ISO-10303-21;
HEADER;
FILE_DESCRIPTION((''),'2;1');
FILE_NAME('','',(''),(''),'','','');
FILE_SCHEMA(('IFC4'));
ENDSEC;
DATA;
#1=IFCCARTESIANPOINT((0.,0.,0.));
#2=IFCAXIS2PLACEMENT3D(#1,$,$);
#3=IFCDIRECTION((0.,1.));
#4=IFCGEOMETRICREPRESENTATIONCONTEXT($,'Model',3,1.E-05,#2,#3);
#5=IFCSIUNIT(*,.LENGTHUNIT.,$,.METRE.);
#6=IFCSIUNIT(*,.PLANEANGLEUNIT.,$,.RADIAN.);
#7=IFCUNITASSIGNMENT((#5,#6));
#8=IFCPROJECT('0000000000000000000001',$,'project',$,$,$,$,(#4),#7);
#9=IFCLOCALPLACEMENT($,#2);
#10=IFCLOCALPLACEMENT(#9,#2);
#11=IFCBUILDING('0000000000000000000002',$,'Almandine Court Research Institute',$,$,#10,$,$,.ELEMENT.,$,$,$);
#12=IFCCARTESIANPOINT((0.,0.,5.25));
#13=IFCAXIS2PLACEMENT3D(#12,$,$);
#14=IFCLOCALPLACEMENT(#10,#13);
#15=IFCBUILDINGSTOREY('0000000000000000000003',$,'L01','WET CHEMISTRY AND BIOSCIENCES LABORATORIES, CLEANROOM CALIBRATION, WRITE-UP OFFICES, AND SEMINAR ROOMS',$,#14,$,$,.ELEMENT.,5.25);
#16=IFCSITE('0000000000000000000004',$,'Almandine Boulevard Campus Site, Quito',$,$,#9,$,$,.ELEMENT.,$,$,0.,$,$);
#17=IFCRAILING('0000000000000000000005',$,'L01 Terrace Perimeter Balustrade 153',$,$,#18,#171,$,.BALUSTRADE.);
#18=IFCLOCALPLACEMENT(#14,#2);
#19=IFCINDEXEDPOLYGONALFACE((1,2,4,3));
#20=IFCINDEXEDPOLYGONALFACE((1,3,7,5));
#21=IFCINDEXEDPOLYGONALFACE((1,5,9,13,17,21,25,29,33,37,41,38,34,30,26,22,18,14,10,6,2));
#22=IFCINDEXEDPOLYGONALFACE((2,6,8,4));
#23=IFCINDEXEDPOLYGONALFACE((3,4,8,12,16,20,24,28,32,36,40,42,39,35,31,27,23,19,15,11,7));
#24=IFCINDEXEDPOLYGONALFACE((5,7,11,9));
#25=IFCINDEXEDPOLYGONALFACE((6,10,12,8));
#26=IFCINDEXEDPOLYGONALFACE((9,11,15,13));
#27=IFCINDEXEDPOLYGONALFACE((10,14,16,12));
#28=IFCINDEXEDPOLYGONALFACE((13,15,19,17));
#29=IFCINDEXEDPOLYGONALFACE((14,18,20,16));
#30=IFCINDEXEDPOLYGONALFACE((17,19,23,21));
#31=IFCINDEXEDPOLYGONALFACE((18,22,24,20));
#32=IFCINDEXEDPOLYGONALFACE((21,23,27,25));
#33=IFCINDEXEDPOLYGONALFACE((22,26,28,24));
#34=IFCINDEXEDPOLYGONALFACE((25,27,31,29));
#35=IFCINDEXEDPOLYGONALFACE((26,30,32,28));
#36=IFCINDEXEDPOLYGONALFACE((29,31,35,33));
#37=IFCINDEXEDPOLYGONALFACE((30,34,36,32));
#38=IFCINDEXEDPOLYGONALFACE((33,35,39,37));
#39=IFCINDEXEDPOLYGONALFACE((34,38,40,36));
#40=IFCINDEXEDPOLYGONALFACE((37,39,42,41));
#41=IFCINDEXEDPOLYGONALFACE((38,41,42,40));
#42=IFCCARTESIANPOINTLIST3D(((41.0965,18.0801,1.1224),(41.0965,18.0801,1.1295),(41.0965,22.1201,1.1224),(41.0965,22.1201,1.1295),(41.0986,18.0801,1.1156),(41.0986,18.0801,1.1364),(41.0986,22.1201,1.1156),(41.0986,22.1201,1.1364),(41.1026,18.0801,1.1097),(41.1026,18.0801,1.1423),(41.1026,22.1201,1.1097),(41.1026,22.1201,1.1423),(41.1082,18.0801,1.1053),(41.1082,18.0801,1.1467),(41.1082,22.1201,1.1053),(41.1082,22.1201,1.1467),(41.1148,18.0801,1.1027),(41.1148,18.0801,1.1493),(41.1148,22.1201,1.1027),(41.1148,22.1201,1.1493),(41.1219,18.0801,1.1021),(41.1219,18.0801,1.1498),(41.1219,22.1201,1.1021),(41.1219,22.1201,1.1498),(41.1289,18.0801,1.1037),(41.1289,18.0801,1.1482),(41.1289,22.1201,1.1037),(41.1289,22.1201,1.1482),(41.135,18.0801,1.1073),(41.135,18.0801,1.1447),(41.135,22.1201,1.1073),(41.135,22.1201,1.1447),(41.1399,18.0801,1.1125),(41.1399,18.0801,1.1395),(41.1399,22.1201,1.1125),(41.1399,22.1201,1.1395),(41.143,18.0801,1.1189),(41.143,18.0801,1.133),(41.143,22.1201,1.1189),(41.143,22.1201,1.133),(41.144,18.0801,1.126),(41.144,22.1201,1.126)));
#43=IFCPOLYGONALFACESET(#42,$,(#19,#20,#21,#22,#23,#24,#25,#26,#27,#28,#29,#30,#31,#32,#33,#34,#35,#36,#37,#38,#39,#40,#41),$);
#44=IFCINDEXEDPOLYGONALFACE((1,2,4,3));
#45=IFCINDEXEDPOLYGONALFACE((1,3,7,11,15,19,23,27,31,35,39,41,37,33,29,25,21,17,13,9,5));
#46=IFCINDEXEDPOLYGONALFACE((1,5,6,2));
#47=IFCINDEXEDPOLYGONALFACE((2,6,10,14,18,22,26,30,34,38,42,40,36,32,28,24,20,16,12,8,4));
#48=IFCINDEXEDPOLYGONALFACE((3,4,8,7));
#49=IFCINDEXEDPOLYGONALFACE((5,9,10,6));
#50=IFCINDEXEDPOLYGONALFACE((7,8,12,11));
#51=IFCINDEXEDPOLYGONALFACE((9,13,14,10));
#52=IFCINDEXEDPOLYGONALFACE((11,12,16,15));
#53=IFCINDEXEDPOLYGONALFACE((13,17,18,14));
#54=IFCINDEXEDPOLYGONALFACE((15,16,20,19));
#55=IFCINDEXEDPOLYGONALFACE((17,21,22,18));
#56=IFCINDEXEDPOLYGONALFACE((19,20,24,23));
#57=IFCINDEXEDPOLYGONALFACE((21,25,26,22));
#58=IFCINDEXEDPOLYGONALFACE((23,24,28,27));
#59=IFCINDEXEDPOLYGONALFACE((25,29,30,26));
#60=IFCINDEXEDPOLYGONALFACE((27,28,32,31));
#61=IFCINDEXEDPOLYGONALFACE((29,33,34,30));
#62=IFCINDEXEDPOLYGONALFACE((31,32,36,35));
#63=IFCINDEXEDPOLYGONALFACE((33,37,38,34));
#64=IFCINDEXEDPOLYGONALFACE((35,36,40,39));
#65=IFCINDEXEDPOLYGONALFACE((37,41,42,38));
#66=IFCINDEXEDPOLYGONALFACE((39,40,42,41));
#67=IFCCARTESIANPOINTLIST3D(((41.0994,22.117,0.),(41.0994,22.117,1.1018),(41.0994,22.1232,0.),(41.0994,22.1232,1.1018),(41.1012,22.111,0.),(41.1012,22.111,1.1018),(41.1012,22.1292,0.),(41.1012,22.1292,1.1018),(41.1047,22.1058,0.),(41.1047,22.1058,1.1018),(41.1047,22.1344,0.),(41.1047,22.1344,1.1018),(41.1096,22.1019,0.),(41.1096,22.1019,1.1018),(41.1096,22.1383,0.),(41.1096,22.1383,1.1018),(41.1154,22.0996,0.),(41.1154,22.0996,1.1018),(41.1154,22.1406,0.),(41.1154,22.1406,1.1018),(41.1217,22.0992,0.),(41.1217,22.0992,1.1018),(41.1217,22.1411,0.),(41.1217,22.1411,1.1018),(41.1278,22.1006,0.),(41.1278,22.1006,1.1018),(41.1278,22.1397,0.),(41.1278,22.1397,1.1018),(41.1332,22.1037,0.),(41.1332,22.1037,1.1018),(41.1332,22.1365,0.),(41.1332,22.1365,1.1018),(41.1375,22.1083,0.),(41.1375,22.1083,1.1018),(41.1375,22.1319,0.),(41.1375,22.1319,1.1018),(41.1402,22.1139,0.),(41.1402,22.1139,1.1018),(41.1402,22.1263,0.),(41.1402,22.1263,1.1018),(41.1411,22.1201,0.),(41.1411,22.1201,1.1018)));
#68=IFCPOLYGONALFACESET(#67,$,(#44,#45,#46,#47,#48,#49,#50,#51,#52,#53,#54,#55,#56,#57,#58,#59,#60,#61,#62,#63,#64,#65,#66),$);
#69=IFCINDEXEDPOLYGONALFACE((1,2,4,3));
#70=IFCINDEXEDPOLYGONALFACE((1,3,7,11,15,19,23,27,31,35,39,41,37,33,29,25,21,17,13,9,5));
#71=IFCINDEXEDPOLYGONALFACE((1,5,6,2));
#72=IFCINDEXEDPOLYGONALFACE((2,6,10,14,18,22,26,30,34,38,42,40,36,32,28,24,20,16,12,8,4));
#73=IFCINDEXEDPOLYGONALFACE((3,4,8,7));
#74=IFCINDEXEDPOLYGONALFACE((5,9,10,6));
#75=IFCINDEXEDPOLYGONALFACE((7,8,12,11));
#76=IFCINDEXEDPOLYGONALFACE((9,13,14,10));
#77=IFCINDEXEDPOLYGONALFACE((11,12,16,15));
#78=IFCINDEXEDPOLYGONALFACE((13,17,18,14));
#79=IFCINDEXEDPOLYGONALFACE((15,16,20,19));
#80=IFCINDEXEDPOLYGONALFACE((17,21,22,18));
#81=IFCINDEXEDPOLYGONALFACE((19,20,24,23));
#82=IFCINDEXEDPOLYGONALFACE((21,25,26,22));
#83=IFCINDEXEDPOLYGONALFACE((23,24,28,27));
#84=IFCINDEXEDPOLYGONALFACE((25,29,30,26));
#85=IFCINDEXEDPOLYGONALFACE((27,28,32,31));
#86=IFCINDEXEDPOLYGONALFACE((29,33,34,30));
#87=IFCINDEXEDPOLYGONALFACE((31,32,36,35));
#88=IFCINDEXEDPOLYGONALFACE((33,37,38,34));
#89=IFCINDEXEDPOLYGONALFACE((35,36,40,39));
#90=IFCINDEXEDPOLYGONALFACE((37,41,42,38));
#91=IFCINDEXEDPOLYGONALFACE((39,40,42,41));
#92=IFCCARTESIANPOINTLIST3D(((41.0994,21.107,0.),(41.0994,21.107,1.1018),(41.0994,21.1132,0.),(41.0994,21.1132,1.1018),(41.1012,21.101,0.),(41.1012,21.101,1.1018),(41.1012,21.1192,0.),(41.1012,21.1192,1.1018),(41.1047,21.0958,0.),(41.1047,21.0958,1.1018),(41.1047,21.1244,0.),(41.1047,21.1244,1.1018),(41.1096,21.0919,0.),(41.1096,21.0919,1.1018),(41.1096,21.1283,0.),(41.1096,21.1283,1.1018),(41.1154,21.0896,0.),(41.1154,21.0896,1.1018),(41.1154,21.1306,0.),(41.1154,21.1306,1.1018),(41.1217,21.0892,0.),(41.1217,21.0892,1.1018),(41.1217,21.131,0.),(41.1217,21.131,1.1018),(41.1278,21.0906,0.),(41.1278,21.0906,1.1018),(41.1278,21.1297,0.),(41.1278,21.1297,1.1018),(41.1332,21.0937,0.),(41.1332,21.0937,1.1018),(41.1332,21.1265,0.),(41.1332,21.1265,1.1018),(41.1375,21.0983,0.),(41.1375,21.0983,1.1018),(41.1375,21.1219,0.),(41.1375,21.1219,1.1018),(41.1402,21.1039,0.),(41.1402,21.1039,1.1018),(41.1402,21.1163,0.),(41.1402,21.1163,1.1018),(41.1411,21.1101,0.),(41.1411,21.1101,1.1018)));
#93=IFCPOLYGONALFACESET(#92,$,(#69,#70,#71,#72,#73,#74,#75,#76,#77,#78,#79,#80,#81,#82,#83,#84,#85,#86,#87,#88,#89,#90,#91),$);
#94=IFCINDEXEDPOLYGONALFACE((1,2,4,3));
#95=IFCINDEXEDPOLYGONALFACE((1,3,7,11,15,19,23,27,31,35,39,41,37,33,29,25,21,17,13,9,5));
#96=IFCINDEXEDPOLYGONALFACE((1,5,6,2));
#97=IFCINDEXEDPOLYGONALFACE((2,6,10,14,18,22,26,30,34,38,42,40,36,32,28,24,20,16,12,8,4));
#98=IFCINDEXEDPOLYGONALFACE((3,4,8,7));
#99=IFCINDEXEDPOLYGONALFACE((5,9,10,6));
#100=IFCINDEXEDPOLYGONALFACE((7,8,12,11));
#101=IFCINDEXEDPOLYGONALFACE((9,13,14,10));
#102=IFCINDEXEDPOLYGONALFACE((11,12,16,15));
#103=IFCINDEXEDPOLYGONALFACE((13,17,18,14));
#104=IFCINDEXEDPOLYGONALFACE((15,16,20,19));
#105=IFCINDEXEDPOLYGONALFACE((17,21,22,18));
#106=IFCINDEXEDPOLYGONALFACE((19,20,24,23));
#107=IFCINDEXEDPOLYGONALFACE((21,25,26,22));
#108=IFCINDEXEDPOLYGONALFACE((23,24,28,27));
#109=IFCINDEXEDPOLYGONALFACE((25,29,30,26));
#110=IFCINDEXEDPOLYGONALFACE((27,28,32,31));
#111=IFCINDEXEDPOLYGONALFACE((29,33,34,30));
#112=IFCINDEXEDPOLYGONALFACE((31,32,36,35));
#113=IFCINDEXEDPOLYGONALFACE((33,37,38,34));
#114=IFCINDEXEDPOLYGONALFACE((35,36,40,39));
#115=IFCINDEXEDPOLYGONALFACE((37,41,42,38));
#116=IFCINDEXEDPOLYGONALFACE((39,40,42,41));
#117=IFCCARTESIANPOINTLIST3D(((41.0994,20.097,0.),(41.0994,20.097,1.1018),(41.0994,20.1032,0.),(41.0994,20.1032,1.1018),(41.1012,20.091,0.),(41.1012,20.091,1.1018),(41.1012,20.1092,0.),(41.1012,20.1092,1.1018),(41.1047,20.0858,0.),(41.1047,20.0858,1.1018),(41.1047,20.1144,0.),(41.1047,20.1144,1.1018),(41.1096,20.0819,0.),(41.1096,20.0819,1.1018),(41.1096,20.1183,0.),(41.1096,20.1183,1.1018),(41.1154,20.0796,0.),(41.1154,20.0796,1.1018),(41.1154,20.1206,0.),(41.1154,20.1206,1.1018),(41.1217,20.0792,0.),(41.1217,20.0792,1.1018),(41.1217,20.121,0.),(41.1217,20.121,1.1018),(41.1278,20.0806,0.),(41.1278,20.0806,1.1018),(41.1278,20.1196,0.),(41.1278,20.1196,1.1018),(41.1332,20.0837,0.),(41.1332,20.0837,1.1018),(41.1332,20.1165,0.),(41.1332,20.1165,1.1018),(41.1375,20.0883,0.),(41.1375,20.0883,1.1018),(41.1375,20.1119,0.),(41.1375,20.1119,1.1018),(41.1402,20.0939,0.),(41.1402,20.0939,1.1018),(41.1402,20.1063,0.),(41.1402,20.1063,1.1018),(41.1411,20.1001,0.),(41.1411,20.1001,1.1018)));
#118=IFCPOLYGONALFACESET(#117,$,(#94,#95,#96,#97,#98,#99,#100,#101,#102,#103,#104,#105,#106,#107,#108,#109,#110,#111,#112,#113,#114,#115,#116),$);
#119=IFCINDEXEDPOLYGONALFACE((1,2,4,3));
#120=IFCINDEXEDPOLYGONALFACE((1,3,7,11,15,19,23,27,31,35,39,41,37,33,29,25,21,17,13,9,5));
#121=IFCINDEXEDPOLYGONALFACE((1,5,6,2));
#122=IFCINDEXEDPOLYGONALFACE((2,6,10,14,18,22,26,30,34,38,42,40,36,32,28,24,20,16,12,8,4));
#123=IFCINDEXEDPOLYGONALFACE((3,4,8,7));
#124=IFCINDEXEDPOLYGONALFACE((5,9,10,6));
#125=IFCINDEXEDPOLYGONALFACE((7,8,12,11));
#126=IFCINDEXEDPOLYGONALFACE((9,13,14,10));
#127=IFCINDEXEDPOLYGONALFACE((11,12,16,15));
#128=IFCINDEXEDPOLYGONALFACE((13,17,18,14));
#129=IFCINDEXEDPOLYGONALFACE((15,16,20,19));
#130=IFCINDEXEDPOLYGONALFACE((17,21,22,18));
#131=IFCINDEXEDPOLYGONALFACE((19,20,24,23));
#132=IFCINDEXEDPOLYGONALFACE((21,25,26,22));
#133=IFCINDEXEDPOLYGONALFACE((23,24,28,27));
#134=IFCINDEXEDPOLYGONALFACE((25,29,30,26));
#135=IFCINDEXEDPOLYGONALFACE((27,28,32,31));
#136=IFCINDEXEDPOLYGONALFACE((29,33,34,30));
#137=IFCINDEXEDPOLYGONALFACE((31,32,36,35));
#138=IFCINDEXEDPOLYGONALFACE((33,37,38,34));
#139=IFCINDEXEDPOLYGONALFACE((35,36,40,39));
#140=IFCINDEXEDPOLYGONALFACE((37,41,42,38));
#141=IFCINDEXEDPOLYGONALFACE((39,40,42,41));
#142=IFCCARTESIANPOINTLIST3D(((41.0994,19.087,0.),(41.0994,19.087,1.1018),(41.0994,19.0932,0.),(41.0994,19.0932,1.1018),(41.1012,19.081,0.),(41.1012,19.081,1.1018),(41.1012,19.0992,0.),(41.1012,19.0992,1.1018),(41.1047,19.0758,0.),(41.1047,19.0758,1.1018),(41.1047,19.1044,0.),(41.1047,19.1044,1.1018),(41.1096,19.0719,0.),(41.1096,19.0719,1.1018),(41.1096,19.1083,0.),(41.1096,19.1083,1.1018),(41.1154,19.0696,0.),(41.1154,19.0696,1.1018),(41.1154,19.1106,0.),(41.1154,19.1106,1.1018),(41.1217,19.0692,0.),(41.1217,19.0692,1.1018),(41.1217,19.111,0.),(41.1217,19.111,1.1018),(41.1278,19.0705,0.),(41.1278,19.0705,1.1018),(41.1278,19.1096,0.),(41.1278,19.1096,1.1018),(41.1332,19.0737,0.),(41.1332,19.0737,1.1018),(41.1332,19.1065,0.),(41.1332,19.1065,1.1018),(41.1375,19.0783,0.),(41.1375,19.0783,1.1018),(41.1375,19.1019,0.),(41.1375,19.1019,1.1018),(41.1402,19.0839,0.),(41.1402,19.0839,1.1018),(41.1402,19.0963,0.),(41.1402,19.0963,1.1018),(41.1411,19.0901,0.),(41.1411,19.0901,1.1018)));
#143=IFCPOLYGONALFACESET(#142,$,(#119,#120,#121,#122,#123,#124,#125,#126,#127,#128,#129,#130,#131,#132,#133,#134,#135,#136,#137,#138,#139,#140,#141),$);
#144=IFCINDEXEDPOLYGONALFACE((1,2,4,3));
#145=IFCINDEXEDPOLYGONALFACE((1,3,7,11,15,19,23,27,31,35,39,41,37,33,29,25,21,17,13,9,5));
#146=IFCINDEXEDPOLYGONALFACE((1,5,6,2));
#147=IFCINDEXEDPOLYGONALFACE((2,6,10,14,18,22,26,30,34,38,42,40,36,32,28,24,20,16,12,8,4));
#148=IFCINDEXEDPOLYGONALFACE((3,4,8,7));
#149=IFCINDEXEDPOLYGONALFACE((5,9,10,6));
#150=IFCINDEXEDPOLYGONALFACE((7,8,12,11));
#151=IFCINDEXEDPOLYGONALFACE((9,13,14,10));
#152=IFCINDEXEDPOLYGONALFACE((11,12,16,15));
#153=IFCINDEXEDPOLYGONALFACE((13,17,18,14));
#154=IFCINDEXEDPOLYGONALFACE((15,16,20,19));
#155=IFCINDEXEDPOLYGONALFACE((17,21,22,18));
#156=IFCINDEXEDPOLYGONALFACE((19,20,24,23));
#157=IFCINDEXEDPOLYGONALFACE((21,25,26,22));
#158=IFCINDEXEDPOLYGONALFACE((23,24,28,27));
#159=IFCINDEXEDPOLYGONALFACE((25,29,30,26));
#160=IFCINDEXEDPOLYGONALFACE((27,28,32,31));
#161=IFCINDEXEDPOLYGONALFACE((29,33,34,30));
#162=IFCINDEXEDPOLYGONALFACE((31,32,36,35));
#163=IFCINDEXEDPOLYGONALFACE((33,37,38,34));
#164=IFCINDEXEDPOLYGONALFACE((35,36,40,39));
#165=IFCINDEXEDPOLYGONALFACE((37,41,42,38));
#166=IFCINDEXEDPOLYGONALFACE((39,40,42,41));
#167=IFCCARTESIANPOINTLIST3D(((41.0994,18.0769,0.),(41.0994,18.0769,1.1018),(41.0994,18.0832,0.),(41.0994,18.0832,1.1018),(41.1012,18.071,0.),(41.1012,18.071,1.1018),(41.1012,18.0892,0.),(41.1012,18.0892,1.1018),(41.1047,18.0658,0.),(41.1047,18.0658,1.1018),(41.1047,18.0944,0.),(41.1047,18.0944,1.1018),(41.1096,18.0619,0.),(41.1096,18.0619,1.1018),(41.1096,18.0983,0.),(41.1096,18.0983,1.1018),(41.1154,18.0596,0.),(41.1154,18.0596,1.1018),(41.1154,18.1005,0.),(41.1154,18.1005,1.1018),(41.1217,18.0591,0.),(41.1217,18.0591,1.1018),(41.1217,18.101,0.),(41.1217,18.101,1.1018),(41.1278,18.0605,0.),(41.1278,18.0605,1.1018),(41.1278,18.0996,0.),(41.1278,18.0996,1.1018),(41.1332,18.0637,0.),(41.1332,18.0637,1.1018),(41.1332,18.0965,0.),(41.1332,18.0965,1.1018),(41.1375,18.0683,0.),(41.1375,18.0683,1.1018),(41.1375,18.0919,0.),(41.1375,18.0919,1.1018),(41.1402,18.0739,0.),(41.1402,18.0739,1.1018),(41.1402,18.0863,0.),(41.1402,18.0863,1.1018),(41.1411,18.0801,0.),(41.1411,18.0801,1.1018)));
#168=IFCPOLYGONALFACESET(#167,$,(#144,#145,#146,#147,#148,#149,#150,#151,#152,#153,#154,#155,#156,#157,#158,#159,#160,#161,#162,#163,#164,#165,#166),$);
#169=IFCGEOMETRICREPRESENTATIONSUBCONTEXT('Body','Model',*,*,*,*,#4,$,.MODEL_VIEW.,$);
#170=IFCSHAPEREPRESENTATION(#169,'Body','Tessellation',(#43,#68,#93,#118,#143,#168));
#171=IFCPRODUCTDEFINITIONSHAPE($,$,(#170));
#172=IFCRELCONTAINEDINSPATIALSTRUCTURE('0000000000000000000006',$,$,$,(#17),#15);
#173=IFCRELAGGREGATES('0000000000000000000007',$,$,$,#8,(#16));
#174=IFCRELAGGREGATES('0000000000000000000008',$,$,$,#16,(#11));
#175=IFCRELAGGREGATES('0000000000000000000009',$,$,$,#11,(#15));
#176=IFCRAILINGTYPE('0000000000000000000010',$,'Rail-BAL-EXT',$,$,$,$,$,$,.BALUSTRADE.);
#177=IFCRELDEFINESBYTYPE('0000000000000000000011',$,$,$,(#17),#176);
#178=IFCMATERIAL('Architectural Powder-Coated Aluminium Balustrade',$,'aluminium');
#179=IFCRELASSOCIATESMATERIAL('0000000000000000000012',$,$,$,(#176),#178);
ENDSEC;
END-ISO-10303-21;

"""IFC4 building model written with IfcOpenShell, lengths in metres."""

from ifc_helpers import new_model, si_unit, direction, frame, origin, origin_2d, place, context, subcontext, project, spatial, circle, extrude, material, type_object, element, save


model = new_model("IFC4")

# Units and contexts
model_context = context("Model", 3, precision=1e-05, world=origin(), true_north=direction((0.0, 1.0)))
body_context = subcontext(model_context, "Body", "Model", "MODEL_VIEW")
ifc_project = project(units=[si_unit("LENGTHUNIT", "METRE"), si_unit("PLANEANGLEUNIT", "RADIAN")], contexts=[model_context])

# Site, building, storey
site_placement = place(None, origin())
site = spatial("IfcSite", under=ifc_project, at=site_placement, Name="Almandine Boulevard Campus Site, Quito", CompositionType="ELEMENT", RefElevation=0.0)
building_placement = place(site_placement, origin())
building = spatial("IfcBuilding", under=site, at=building_placement, Name="Almandine Court Research Institute", CompositionType="ELEMENT")
storey_placement = place(building_placement, frame((0.0, 0.0, 5.25)))
storey = spatial("IfcBuildingStorey", under=building, at=storey_placement, Name="L01", Description="WET CHEMISTRY AND BIOSCIENCES LABORATORIES, CLEANROOM CALIBRATION, WRITE-UP OFFICES, AND SEMINAR ROOMS", CompositionType="ELEMENT", Elevation=5.25)

# Railing
ifc_material_1 = material(Name="Architectural Powder-Coated Aluminium Balustrade", Category="aluminium")
railing_type = type_object("IfcRailingType", Name="Rail-BAL-EXT", PredefinedType="BALUSTRADE", material=ifc_material_1)
railing_1_placement = place(storey_placement, frame((41.1201, 22.1201, 0.0)))
element("IfcRailing", 1, at=railing_1_placement, inside=storey, type_object=railing_type, Name="L01 Terrace Perimeter Balustrade 153", PredefinedType="BALUSTRADE", context=body_context, shape_type="SweptSolid", body=[
    extrude(circle(Radius=0.0239, at=origin_2d()), frame((0.0, 0.0, 1.126), z_axis=(0.0, -1.0, 0.0), x_axis=(1.0, 0.0, 0.0)), (0.0, 0.0, 1.0), 4.04),
    extrude(circle(Radius=0.021, at=origin_2d()), origin(), (0.0, 0.0, 1.0), 1.1018),
    extrude(circle(Radius=0.021, at=origin_2d()), frame((0.0, -1.01, 0.0)), (0.0, 0.0, 1.0), 1.1018),
    extrude(circle(Radius=0.021, at=origin_2d()), frame((0.0, -2.02, 0.0)), (0.0, 0.0, 1.0), 1.1018),
    extrude(circle(Radius=0.021, at=origin_2d()), frame((0.0, -3.03, 0.0)), (0.0, 0.0, 1.0), 1.1018),
    extrude(circle(Radius=0.021, at=origin_2d()), frame((0.0, -4.04, 0.0)), (0.0, 0.0, 1.0), 1.1018),
])

save(model, "model.ifc")
